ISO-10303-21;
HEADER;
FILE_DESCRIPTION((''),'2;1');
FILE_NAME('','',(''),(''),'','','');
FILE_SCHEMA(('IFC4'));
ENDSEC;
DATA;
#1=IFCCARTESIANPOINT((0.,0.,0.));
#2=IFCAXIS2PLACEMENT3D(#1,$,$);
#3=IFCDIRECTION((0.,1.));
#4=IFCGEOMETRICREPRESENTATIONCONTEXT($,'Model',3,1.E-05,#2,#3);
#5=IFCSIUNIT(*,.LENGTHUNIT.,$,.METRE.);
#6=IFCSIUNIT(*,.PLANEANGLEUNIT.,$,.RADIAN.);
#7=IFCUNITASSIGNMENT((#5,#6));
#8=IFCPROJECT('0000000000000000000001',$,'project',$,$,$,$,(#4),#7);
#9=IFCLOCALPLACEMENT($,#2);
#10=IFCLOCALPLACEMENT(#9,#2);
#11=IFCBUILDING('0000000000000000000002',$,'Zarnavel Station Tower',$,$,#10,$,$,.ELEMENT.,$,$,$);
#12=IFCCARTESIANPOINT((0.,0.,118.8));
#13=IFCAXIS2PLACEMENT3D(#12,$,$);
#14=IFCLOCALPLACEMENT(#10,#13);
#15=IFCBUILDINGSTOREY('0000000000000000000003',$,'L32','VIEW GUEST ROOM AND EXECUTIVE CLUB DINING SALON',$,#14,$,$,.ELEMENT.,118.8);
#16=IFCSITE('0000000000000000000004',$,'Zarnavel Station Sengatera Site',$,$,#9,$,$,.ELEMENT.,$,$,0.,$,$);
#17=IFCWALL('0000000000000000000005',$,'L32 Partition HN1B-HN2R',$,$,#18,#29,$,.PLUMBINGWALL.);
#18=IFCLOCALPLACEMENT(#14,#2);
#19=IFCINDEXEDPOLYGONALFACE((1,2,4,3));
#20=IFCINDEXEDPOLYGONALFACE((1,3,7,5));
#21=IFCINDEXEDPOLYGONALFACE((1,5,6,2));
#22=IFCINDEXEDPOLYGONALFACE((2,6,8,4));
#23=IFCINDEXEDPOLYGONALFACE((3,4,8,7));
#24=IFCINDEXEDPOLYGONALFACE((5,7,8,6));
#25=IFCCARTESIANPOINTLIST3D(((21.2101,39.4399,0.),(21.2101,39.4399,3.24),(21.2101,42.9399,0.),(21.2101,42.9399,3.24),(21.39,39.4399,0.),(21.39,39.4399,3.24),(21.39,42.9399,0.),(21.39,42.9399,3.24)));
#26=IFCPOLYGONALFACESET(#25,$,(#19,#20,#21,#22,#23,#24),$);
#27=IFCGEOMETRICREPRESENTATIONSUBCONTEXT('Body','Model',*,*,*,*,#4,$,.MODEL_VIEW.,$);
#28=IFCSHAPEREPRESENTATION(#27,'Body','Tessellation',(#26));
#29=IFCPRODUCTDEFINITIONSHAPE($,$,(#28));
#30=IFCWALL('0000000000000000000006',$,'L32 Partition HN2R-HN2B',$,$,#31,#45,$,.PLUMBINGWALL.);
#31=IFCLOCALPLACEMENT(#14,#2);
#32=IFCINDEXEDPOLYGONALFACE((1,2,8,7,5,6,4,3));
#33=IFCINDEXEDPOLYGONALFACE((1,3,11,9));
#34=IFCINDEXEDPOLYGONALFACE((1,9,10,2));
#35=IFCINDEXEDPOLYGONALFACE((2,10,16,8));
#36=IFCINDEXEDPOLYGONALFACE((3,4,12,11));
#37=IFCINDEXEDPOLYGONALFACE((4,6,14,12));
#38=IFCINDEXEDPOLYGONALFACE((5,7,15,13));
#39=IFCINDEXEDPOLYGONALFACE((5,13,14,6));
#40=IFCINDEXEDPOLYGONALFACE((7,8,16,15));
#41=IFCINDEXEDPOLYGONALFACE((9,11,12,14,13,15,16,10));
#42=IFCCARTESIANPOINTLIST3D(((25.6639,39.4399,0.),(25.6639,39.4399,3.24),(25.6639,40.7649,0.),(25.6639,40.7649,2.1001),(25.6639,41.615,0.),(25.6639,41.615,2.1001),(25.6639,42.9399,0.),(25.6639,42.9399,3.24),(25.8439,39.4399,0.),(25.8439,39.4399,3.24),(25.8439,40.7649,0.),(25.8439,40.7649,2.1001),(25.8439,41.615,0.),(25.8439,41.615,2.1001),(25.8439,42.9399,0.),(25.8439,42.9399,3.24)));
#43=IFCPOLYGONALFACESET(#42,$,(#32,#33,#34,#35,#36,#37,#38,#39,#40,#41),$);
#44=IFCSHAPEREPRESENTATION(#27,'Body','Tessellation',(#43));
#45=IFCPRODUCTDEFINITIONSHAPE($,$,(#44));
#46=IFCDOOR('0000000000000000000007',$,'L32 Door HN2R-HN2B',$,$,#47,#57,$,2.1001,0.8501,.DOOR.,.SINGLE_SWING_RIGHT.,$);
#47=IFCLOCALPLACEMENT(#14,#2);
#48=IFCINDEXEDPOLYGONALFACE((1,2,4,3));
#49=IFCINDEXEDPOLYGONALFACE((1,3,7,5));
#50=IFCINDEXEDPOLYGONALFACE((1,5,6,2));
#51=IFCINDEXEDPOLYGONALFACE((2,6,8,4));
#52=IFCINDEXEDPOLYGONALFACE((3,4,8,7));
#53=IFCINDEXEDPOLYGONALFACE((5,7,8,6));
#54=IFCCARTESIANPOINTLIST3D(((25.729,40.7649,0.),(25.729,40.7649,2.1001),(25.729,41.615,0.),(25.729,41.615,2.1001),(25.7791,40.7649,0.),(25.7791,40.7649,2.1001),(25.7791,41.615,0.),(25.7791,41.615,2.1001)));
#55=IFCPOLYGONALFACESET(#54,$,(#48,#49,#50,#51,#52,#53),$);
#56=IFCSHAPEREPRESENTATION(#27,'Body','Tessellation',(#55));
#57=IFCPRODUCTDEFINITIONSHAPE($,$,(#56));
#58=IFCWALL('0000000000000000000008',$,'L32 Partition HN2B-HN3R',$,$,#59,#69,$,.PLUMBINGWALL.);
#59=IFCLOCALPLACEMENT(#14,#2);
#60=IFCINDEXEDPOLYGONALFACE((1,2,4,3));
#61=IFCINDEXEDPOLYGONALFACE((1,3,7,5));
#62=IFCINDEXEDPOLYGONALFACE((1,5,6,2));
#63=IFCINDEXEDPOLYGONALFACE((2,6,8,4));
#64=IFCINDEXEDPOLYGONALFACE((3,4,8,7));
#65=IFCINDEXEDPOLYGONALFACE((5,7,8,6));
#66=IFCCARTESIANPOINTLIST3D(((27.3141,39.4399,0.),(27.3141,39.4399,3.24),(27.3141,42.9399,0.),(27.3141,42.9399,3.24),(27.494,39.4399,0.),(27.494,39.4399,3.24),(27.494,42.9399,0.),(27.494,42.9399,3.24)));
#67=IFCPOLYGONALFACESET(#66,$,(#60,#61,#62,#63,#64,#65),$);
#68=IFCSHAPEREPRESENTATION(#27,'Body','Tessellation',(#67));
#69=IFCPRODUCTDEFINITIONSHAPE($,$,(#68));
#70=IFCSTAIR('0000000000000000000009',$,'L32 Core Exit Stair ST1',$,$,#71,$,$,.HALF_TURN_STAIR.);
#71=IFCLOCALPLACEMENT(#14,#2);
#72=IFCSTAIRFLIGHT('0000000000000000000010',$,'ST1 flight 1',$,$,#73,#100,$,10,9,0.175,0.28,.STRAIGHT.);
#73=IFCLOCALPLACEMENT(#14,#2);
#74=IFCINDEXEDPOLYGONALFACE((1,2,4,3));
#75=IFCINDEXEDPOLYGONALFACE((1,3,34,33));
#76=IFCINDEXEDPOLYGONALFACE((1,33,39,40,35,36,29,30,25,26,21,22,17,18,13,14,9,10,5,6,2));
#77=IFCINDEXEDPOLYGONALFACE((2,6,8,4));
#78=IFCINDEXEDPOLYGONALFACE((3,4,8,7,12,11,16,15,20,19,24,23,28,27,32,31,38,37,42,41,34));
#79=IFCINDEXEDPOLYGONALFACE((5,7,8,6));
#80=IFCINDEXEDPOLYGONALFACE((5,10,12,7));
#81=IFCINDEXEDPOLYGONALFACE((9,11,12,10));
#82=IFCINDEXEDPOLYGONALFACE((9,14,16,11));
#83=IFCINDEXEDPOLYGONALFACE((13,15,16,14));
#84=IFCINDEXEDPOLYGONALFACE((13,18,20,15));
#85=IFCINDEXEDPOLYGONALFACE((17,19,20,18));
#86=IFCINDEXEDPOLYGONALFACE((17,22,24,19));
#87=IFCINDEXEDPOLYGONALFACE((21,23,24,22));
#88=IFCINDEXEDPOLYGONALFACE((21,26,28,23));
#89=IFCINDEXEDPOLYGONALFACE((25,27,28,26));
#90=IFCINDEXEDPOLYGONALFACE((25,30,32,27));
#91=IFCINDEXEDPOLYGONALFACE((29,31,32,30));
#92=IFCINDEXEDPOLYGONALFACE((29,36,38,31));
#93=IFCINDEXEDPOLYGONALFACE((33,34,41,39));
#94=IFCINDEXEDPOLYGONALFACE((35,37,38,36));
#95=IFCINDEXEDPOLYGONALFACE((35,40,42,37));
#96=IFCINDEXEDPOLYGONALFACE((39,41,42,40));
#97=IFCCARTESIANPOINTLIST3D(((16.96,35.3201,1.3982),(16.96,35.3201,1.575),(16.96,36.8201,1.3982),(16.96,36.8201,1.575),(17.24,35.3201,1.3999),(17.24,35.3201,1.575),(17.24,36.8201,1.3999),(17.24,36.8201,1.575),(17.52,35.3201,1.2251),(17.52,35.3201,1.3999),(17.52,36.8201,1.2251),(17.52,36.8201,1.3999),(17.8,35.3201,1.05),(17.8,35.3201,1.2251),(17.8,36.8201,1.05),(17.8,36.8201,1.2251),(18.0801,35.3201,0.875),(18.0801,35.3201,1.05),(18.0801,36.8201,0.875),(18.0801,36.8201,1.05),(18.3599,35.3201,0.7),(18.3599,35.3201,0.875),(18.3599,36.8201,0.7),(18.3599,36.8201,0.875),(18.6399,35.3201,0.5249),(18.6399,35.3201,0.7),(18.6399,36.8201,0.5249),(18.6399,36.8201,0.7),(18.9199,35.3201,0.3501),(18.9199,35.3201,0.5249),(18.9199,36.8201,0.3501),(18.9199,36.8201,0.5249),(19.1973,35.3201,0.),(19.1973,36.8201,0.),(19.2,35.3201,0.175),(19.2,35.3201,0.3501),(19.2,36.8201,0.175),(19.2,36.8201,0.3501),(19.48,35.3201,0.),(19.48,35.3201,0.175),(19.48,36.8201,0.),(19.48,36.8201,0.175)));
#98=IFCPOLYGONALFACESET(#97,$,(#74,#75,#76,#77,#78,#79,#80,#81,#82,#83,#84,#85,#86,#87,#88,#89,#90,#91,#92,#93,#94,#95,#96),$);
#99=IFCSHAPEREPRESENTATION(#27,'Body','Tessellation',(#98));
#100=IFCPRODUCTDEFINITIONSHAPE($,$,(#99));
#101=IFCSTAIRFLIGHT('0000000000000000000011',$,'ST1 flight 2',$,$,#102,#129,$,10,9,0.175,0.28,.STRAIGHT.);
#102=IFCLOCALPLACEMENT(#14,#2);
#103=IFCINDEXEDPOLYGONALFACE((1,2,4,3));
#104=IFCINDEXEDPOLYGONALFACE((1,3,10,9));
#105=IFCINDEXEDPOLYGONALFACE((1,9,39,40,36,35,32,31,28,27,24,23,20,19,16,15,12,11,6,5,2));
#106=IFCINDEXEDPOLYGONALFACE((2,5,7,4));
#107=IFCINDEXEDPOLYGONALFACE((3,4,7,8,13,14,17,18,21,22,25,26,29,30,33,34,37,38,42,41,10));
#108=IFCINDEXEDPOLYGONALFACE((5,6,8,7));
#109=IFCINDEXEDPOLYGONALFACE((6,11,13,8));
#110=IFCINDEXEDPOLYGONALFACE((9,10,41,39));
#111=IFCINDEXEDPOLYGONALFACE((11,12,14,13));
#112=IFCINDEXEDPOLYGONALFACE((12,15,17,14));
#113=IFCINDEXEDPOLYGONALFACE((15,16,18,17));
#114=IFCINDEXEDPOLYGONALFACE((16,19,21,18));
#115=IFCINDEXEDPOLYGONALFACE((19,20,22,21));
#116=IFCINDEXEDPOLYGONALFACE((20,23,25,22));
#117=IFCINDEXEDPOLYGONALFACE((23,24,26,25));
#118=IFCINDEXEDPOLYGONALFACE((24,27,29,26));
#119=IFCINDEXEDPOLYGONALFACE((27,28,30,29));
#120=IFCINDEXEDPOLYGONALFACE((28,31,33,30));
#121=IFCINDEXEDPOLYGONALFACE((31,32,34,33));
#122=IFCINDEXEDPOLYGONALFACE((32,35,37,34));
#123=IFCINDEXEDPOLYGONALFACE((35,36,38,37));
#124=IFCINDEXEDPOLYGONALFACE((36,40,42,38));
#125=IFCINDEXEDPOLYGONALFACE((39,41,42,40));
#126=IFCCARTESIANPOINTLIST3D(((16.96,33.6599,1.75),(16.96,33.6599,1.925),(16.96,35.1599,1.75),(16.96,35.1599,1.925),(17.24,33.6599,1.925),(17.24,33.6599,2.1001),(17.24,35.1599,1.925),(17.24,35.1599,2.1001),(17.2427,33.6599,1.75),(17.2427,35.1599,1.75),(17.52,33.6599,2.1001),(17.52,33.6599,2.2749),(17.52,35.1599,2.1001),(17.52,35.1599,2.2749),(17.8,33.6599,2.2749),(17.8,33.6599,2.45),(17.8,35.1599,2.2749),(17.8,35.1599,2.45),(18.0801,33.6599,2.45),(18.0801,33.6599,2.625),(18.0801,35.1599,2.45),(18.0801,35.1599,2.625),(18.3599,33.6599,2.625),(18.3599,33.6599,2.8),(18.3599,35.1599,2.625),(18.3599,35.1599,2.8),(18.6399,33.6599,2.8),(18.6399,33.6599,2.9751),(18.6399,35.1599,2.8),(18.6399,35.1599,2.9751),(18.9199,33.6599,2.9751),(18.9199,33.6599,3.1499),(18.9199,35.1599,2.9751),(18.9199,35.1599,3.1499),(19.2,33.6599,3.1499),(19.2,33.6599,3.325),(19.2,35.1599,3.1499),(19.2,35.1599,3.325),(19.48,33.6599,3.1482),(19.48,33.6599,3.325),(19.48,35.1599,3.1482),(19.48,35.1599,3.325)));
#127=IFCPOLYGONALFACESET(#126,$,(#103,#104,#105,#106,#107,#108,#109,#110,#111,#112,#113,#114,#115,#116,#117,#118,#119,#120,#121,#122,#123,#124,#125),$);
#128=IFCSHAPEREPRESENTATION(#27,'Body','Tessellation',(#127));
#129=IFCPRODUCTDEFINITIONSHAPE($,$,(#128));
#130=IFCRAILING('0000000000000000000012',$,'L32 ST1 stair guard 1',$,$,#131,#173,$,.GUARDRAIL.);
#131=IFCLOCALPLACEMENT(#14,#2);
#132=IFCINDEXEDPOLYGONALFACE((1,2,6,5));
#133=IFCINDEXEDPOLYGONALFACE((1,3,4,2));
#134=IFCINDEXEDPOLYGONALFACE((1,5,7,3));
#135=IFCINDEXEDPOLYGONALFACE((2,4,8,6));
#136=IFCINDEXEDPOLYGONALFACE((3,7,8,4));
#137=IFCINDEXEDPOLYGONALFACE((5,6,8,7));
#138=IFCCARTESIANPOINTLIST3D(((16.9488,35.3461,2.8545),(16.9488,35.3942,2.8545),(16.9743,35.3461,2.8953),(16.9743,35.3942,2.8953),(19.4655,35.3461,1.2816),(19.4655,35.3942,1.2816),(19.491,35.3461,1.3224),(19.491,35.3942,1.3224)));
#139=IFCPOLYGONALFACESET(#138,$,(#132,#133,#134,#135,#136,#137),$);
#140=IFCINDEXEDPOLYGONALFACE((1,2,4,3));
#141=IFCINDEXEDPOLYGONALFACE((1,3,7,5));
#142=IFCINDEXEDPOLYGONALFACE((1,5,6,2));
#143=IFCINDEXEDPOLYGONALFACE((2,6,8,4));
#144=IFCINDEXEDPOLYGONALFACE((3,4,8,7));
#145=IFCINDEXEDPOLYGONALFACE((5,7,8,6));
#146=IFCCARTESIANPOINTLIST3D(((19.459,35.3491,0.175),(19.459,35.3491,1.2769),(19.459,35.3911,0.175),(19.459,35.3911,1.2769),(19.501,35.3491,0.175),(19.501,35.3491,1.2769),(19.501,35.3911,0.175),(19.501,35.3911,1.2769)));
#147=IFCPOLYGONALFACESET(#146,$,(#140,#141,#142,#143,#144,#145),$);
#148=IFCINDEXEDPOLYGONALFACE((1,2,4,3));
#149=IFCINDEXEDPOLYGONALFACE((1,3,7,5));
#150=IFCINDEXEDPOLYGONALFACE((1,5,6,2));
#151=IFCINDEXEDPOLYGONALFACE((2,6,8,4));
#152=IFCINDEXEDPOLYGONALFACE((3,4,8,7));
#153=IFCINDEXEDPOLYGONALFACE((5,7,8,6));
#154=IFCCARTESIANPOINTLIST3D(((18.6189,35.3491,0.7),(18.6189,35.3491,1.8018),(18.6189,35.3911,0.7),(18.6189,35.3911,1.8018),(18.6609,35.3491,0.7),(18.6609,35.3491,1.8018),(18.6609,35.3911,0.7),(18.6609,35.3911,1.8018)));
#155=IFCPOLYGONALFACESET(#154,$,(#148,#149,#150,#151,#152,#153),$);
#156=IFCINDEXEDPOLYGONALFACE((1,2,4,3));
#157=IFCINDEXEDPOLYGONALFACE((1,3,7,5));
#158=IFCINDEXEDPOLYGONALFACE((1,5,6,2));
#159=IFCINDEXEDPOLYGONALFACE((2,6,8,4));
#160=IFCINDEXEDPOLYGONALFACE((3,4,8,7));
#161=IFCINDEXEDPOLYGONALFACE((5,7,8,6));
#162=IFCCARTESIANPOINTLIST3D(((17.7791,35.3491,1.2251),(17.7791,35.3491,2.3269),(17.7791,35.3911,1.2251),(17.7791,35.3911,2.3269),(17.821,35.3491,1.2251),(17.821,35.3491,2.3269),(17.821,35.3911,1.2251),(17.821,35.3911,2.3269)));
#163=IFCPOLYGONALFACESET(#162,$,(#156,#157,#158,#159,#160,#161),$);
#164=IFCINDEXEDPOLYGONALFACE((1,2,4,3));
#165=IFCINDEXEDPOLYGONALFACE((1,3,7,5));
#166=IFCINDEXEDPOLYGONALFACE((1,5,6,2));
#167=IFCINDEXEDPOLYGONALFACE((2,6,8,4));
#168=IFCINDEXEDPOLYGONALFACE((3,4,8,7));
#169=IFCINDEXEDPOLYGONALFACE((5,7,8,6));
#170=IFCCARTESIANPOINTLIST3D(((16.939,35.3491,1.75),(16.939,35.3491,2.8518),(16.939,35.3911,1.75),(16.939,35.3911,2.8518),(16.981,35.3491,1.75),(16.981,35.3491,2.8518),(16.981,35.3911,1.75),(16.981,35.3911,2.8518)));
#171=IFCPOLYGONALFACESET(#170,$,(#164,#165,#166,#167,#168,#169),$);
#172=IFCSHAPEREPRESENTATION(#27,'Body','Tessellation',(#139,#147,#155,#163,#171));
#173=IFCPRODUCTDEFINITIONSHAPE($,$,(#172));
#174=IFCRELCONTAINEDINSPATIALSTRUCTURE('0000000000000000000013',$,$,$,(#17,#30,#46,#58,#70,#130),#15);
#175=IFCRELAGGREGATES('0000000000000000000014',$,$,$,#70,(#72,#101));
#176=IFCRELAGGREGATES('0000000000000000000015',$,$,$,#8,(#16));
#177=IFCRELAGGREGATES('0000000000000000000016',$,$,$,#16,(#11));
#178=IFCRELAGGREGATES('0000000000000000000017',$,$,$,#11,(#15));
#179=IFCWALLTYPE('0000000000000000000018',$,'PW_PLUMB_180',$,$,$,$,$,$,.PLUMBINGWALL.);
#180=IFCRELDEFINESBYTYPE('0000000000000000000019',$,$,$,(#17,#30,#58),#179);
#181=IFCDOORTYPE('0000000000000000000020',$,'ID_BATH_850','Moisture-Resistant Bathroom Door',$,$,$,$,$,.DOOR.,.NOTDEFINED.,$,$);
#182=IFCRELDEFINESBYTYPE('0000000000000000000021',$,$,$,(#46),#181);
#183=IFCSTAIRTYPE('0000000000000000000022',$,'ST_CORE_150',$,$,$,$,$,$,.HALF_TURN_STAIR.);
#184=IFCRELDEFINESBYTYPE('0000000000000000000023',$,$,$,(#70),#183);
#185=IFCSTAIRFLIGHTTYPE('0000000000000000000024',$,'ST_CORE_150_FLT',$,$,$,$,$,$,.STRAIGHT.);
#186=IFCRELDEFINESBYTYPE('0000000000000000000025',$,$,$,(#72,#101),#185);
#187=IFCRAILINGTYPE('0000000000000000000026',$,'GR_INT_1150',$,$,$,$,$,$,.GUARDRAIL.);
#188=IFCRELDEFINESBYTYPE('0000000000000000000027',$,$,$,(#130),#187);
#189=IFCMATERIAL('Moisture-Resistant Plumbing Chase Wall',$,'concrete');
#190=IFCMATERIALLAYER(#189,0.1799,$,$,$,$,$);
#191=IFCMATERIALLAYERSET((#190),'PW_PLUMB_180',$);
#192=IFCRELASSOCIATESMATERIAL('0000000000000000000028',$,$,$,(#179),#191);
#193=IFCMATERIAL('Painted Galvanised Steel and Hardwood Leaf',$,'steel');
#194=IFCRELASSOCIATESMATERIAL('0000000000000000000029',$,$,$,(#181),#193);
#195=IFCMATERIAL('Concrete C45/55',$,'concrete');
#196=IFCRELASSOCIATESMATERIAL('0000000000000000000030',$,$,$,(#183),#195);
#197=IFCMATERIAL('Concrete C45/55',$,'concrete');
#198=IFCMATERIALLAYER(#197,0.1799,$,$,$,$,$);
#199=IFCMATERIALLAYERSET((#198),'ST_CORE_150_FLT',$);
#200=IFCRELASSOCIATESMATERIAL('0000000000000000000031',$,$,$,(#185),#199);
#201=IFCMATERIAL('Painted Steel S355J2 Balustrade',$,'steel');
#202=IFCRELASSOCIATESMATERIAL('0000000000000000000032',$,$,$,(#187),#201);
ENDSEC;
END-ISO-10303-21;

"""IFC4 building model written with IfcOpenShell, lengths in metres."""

from ifc_helpers import new_model, si_unit, direction, frame, frame_2d, origin, origin_2d, place, context, subcontext, project, spatial, polyline, rectangle, outline, extrude, material, layer, layer_set, type_object, element, fill, aggregate, save


model = new_model("IFC4")

# Units and contexts
model_context = context("Model", 3, precision=1e-05, world=origin(), true_north=direction((0.0, 1.0)))
body_context = subcontext(model_context, "Body", "Model", "MODEL_VIEW")
ifc_project = project(units=[si_unit("LENGTHUNIT", "METRE"), si_unit("PLANEANGLEUNIT", "RADIAN")], contexts=[model_context])

# Site, building, storey
site_placement = place(None, origin())
site = spatial("IfcSite", under=ifc_project, at=site_placement, Name="Zarnavel Station Sengatera Site", CompositionType="ELEMENT", RefElevation=0.0)
building_placement = place(site_placement, origin())
building = spatial("IfcBuilding", under=site, at=building_placement, Name="Zarnavel Station Tower", CompositionType="ELEMENT")
storey_placement = place(building_placement, frame((0.0, 0.0, 118.8)))
storey = spatial("IfcBuildingStorey", under=building, at=storey_placement, Name="L32", Description="VIEW GUEST ROOM AND EXECUTIVE CLUB DINING SALON", CompositionType="ELEMENT", Elevation=118.8)

# Shared definitions
ifc_material_1 = material(Name="Moisture-Resistant Plumbing Chase Wall", Category="concrete")
ifc_layer_1 = layer(ifc_material_1, 0.1799)
ifc_layer_set_1 = layer_set([ifc_layer_1], Name="PW_PLUMB_180")
wall_type_1 = type_object("IfcWallType", Name="PW_PLUMB_180", PredefinedType="PLUMBINGWALL", material=ifc_layer_set_1)

# Shared definitions
ifc_material_2 = material(Name="Painted Galvanised Steel and Hardwood Leaf", Category="steel")
door_type_1 = type_object("IfcDoorType", Name="ID_BATH_850", Description="Moisture-Resistant Bathroom Door", OperationType="NOTDEFINED", PredefinedType="DOOR", material=ifc_material_2)

# Wall
wall_1_placement = place(storey_placement, frame((21.3, 39.4399, 0.0), z_axis=(0.0, 0.0, 1.0), x_axis=(0.0, 1.0, 0.0)))
element("IfcWall", 1, at=wall_1_placement, inside=storey, type_object=wall_type_1, Name="L32 Partition HN1B-HN2R", PredefinedType="PLUMBINGWALL", context=body_context, shape_type="SweptSolid", body=[
    extrude(rectangle(XDim=3.5, YDim=0.1799, at=frame_2d((1.75, 0.0))), origin(), (0.0, 0.0, 1.0), 3.24),
])

# Wall, opening, door
wall_2_placement = place(storey_placement, frame((25.7539, 39.4399, 0.0), z_axis=(0.0, 0.0, 1.0), x_axis=(0.0, 1.0, 0.0)))
wall_2 = element("IfcWall", 2, at=wall_2_placement, inside=storey, type_object=wall_type_1, Name="L32 Partition HN2R-HN2B", PredefinedType="PLUMBINGWALL", context=body_context, shape_type="SweptSolid", body=[
    extrude(rectangle(XDim=3.5, YDim=0.1799, at=frame_2d((1.75, 0.0))), origin(), (0.0, 0.0, 1.0), 3.24),
])
opening_1_placement = place(wall_2_placement, frame((1.325, 0.0, 0.0)))
opening_1 = element("IfcOpeningElement", 3, at=opening_1_placement, cuts=wall_2, PredefinedType="OPENING", context=body_context, shape_type="SweptSolid", body=[
    extrude(rectangle(XDim=0.8501, YDim=2.1001, at=frame_2d((0.425, 1.05))), frame((0.0, 0.0999, 0.0), z_axis=(0.0, -1.0, 0.0), x_axis=(1.0, 0.0, 0.0)), (0.0, 0.0, 1.0), 0.2),
])
door_1_placement = place(opening_1_placement, origin())
door_1 = element("IfcDoor", 4, at=door_1_placement, inside=storey, type_object=door_type_1, Name="L32 Door HN2R-HN2B", OperationType="SINGLE_SWING_RIGHT", OverallHeight=2.1001, OverallWidth=0.8501, PredefinedType="DOOR", context=body_context, shape_type="SweptSolid", body=[
    extrude(rectangle(XDim=0.8501, YDim=2.1001, at=frame_2d((0.425, 1.05))), frame((0.0, 0.0249, 0.0), z_axis=(0.0, -1.0, 0.0), x_axis=(1.0, 0.0, 0.0)), (0.0, 0.0, 1.0), 0.05),
])
fill(opening_1, door_1)

# Wall
wall_3_placement = place(storey_placement, frame((27.4041, 39.4399, 0.0), z_axis=(0.0, 0.0, 1.0), x_axis=(0.0, 1.0, 0.0)))
element("IfcWall", 5, at=wall_3_placement, inside=storey, type_object=wall_type_1, Name="L32 Partition HN2B-HN3R", PredefinedType="PLUMBINGWALL", context=body_context, shape_type="SweptSolid", body=[
    extrude(rectangle(XDim=3.5, YDim=0.1799, at=frame_2d((1.75, 0.0))), origin(), (0.0, 0.0, 1.0), 3.24),
])

# Stair, stair flights
ifc_material_3 = material(Name="Concrete C45/55", Category="concrete")
stair_type = type_object("IfcStairType", Name="ST_CORE_150", PredefinedType="HALF_TURN_STAIR", material=ifc_material_3)
stair_placement = place(storey_placement, origin())
stair = element("IfcStair", 6, at=stair_placement, inside=storey, type_object=stair_type, Name="L32 Core Exit Stair ST1", PredefinedType="HALF_TURN_STAIR")
ifc_material_4 = material(Name="Concrete C45/55", Category="concrete")
ifc_layer_2 = layer(ifc_material_4, 0.1799)
ifc_layer_set_2 = layer_set([ifc_layer_2], Name="ST_CORE_150_FLT")
stair_flight_type = type_object("IfcStairFlightType", Name="ST_CORE_150_FLT", PredefinedType="STRAIGHT", material=ifc_layer_set_2)
stair_flight_1_placement = place(storey_placement, frame((19.48, 36.0701, 0.0), z_axis=(0.0, 0.0, 1.0), x_axis=(-1.0, 0.0, 0.0)))
stair_flight_1 = element("IfcStairFlight", 7, at=stair_flight_1_placement, type_object=stair_flight_type, Name="ST1 flight 1", NumberOfRisers=10, NumberOfTreads=9, PredefinedType="STRAIGHT", RiserHeight=0.175, TreadLength=0.28, context=body_context, shape_type="SweptSolid", body=[
    extrude(outline(polyline([(0.0, 0.0), (0.0, 0.175), (0.28, 0.175), (0.28, 0.3501), (0.5601, 0.3501), (0.5601, 0.5249), (0.8401, 0.5249), (0.8401, 0.7), (1.1201, 0.7), (1.1201, 0.875), (1.3999, 0.875), (1.3999, 1.05), (1.6799, 1.05), (1.6799, 1.2251), (1.96, 1.2251), (1.96, 1.3999), (2.24, 1.3999), (2.24, 1.575), (2.52, 1.575), (2.52, 1.75), (2.52, 1.3982), (0.2827, 0.0), (0.0, 0.0)])), frame((0.0, 0.75, 0.0), z_axis=(0.0, -1.0, 0.0), x_axis=(1.0, 0.0, 0.0)), (0.0, 0.0, 1.0), 1.5),
])
stair_flight_2_placement = place(storey_placement, frame((16.96, 34.4099, 1.75), z_axis=(0.0, 0.0, 1.0), x_axis=(1.0, 0.0, 0.0)))
stair_flight_2 = element("IfcStairFlight", 8, at=stair_flight_2_placement, type_object=stair_flight_type, Name="ST1 flight 2", NumberOfRisers=10, NumberOfTreads=9, PredefinedType="STRAIGHT", RiserHeight=0.175, TreadLength=0.28, context=body_context, shape_type="SweptSolid", body=[
    extrude(outline(polyline([(0.0, 0.0), (0.0, 0.175), (0.28, 0.175), (0.28, 0.3501), (0.5601, 0.3501), (0.5601, 0.5249), (0.8401, 0.5249), (0.8401, 0.7), (1.1201, 0.7), (1.1201, 0.875), (1.3999, 0.875), (1.3999, 1.05), (1.6799, 1.05), (1.6799, 1.2251), (1.96, 1.2251), (1.96, 1.3999), (2.24, 1.3999), (2.24, 1.575), (2.52, 1.575), (2.52, 1.75), (2.52, 1.3982), (0.2827, 0.0), (0.0, 0.0)])), frame((0.0, 0.75, 0.0), z_axis=(0.0, -1.0, 0.0), x_axis=(1.0, 0.0, 0.0)), (0.0, 0.0, 1.0), 1.5),
])
aggregate(stair, [stair_flight_1, stair_flight_2])

# Railing
ifc_material_5 = material(Name="Painted Steel S355J2 Balustrade", Category="steel")
railing_type_1 = type_object("IfcRailingType", Name="GR_INT_1150", PredefinedType="GUARDRAIL", material=ifc_material_5)
railing_1_placement = place(storey_placement, frame((19.48, 35.3701, 0.175)))
element("IfcRailing", 9, at=railing_1_placement, inside=storey, type_object=railing_type_1, Name="L32 ST1 stair guard 1", PredefinedType="GUARDRAIL", context=body_context, shape_type="SweptSolid", body=[
    extrude(rectangle(XDim=0.0481, YDim=0.0481, at=origin_2d()), frame((-0.0017, 0.0, 1.127), z_axis=(-0.848008, 0.0, 0.529984), x_axis=(0.0, -1.0, 0.0)), (0.0, 0.0, 1.0), 2.9678),
    extrude(rectangle(XDim=0.042, YDim=0.042, at=origin_2d()), origin(), (0.0, 0.0, 1.0), 1.1018),
    extrude(rectangle(XDim=0.042, YDim=0.042, at=origin_2d()), frame((-0.8401, 0.0, 0.5249)), (0.0, 0.0, 1.0), 1.1018),
    extrude(rectangle(XDim=0.042, YDim=0.042, at=origin_2d()), frame((-1.6799, 0.0, 1.05)), (0.0, 0.0, 1.0), 1.1018),
    extrude(rectangle(XDim=0.042, YDim=0.042, at=origin_2d()), frame((-2.52, 0.0, 1.575)), (0.0, 0.0, 1.0), 1.1018),
])

save(model, "model.ifc")
